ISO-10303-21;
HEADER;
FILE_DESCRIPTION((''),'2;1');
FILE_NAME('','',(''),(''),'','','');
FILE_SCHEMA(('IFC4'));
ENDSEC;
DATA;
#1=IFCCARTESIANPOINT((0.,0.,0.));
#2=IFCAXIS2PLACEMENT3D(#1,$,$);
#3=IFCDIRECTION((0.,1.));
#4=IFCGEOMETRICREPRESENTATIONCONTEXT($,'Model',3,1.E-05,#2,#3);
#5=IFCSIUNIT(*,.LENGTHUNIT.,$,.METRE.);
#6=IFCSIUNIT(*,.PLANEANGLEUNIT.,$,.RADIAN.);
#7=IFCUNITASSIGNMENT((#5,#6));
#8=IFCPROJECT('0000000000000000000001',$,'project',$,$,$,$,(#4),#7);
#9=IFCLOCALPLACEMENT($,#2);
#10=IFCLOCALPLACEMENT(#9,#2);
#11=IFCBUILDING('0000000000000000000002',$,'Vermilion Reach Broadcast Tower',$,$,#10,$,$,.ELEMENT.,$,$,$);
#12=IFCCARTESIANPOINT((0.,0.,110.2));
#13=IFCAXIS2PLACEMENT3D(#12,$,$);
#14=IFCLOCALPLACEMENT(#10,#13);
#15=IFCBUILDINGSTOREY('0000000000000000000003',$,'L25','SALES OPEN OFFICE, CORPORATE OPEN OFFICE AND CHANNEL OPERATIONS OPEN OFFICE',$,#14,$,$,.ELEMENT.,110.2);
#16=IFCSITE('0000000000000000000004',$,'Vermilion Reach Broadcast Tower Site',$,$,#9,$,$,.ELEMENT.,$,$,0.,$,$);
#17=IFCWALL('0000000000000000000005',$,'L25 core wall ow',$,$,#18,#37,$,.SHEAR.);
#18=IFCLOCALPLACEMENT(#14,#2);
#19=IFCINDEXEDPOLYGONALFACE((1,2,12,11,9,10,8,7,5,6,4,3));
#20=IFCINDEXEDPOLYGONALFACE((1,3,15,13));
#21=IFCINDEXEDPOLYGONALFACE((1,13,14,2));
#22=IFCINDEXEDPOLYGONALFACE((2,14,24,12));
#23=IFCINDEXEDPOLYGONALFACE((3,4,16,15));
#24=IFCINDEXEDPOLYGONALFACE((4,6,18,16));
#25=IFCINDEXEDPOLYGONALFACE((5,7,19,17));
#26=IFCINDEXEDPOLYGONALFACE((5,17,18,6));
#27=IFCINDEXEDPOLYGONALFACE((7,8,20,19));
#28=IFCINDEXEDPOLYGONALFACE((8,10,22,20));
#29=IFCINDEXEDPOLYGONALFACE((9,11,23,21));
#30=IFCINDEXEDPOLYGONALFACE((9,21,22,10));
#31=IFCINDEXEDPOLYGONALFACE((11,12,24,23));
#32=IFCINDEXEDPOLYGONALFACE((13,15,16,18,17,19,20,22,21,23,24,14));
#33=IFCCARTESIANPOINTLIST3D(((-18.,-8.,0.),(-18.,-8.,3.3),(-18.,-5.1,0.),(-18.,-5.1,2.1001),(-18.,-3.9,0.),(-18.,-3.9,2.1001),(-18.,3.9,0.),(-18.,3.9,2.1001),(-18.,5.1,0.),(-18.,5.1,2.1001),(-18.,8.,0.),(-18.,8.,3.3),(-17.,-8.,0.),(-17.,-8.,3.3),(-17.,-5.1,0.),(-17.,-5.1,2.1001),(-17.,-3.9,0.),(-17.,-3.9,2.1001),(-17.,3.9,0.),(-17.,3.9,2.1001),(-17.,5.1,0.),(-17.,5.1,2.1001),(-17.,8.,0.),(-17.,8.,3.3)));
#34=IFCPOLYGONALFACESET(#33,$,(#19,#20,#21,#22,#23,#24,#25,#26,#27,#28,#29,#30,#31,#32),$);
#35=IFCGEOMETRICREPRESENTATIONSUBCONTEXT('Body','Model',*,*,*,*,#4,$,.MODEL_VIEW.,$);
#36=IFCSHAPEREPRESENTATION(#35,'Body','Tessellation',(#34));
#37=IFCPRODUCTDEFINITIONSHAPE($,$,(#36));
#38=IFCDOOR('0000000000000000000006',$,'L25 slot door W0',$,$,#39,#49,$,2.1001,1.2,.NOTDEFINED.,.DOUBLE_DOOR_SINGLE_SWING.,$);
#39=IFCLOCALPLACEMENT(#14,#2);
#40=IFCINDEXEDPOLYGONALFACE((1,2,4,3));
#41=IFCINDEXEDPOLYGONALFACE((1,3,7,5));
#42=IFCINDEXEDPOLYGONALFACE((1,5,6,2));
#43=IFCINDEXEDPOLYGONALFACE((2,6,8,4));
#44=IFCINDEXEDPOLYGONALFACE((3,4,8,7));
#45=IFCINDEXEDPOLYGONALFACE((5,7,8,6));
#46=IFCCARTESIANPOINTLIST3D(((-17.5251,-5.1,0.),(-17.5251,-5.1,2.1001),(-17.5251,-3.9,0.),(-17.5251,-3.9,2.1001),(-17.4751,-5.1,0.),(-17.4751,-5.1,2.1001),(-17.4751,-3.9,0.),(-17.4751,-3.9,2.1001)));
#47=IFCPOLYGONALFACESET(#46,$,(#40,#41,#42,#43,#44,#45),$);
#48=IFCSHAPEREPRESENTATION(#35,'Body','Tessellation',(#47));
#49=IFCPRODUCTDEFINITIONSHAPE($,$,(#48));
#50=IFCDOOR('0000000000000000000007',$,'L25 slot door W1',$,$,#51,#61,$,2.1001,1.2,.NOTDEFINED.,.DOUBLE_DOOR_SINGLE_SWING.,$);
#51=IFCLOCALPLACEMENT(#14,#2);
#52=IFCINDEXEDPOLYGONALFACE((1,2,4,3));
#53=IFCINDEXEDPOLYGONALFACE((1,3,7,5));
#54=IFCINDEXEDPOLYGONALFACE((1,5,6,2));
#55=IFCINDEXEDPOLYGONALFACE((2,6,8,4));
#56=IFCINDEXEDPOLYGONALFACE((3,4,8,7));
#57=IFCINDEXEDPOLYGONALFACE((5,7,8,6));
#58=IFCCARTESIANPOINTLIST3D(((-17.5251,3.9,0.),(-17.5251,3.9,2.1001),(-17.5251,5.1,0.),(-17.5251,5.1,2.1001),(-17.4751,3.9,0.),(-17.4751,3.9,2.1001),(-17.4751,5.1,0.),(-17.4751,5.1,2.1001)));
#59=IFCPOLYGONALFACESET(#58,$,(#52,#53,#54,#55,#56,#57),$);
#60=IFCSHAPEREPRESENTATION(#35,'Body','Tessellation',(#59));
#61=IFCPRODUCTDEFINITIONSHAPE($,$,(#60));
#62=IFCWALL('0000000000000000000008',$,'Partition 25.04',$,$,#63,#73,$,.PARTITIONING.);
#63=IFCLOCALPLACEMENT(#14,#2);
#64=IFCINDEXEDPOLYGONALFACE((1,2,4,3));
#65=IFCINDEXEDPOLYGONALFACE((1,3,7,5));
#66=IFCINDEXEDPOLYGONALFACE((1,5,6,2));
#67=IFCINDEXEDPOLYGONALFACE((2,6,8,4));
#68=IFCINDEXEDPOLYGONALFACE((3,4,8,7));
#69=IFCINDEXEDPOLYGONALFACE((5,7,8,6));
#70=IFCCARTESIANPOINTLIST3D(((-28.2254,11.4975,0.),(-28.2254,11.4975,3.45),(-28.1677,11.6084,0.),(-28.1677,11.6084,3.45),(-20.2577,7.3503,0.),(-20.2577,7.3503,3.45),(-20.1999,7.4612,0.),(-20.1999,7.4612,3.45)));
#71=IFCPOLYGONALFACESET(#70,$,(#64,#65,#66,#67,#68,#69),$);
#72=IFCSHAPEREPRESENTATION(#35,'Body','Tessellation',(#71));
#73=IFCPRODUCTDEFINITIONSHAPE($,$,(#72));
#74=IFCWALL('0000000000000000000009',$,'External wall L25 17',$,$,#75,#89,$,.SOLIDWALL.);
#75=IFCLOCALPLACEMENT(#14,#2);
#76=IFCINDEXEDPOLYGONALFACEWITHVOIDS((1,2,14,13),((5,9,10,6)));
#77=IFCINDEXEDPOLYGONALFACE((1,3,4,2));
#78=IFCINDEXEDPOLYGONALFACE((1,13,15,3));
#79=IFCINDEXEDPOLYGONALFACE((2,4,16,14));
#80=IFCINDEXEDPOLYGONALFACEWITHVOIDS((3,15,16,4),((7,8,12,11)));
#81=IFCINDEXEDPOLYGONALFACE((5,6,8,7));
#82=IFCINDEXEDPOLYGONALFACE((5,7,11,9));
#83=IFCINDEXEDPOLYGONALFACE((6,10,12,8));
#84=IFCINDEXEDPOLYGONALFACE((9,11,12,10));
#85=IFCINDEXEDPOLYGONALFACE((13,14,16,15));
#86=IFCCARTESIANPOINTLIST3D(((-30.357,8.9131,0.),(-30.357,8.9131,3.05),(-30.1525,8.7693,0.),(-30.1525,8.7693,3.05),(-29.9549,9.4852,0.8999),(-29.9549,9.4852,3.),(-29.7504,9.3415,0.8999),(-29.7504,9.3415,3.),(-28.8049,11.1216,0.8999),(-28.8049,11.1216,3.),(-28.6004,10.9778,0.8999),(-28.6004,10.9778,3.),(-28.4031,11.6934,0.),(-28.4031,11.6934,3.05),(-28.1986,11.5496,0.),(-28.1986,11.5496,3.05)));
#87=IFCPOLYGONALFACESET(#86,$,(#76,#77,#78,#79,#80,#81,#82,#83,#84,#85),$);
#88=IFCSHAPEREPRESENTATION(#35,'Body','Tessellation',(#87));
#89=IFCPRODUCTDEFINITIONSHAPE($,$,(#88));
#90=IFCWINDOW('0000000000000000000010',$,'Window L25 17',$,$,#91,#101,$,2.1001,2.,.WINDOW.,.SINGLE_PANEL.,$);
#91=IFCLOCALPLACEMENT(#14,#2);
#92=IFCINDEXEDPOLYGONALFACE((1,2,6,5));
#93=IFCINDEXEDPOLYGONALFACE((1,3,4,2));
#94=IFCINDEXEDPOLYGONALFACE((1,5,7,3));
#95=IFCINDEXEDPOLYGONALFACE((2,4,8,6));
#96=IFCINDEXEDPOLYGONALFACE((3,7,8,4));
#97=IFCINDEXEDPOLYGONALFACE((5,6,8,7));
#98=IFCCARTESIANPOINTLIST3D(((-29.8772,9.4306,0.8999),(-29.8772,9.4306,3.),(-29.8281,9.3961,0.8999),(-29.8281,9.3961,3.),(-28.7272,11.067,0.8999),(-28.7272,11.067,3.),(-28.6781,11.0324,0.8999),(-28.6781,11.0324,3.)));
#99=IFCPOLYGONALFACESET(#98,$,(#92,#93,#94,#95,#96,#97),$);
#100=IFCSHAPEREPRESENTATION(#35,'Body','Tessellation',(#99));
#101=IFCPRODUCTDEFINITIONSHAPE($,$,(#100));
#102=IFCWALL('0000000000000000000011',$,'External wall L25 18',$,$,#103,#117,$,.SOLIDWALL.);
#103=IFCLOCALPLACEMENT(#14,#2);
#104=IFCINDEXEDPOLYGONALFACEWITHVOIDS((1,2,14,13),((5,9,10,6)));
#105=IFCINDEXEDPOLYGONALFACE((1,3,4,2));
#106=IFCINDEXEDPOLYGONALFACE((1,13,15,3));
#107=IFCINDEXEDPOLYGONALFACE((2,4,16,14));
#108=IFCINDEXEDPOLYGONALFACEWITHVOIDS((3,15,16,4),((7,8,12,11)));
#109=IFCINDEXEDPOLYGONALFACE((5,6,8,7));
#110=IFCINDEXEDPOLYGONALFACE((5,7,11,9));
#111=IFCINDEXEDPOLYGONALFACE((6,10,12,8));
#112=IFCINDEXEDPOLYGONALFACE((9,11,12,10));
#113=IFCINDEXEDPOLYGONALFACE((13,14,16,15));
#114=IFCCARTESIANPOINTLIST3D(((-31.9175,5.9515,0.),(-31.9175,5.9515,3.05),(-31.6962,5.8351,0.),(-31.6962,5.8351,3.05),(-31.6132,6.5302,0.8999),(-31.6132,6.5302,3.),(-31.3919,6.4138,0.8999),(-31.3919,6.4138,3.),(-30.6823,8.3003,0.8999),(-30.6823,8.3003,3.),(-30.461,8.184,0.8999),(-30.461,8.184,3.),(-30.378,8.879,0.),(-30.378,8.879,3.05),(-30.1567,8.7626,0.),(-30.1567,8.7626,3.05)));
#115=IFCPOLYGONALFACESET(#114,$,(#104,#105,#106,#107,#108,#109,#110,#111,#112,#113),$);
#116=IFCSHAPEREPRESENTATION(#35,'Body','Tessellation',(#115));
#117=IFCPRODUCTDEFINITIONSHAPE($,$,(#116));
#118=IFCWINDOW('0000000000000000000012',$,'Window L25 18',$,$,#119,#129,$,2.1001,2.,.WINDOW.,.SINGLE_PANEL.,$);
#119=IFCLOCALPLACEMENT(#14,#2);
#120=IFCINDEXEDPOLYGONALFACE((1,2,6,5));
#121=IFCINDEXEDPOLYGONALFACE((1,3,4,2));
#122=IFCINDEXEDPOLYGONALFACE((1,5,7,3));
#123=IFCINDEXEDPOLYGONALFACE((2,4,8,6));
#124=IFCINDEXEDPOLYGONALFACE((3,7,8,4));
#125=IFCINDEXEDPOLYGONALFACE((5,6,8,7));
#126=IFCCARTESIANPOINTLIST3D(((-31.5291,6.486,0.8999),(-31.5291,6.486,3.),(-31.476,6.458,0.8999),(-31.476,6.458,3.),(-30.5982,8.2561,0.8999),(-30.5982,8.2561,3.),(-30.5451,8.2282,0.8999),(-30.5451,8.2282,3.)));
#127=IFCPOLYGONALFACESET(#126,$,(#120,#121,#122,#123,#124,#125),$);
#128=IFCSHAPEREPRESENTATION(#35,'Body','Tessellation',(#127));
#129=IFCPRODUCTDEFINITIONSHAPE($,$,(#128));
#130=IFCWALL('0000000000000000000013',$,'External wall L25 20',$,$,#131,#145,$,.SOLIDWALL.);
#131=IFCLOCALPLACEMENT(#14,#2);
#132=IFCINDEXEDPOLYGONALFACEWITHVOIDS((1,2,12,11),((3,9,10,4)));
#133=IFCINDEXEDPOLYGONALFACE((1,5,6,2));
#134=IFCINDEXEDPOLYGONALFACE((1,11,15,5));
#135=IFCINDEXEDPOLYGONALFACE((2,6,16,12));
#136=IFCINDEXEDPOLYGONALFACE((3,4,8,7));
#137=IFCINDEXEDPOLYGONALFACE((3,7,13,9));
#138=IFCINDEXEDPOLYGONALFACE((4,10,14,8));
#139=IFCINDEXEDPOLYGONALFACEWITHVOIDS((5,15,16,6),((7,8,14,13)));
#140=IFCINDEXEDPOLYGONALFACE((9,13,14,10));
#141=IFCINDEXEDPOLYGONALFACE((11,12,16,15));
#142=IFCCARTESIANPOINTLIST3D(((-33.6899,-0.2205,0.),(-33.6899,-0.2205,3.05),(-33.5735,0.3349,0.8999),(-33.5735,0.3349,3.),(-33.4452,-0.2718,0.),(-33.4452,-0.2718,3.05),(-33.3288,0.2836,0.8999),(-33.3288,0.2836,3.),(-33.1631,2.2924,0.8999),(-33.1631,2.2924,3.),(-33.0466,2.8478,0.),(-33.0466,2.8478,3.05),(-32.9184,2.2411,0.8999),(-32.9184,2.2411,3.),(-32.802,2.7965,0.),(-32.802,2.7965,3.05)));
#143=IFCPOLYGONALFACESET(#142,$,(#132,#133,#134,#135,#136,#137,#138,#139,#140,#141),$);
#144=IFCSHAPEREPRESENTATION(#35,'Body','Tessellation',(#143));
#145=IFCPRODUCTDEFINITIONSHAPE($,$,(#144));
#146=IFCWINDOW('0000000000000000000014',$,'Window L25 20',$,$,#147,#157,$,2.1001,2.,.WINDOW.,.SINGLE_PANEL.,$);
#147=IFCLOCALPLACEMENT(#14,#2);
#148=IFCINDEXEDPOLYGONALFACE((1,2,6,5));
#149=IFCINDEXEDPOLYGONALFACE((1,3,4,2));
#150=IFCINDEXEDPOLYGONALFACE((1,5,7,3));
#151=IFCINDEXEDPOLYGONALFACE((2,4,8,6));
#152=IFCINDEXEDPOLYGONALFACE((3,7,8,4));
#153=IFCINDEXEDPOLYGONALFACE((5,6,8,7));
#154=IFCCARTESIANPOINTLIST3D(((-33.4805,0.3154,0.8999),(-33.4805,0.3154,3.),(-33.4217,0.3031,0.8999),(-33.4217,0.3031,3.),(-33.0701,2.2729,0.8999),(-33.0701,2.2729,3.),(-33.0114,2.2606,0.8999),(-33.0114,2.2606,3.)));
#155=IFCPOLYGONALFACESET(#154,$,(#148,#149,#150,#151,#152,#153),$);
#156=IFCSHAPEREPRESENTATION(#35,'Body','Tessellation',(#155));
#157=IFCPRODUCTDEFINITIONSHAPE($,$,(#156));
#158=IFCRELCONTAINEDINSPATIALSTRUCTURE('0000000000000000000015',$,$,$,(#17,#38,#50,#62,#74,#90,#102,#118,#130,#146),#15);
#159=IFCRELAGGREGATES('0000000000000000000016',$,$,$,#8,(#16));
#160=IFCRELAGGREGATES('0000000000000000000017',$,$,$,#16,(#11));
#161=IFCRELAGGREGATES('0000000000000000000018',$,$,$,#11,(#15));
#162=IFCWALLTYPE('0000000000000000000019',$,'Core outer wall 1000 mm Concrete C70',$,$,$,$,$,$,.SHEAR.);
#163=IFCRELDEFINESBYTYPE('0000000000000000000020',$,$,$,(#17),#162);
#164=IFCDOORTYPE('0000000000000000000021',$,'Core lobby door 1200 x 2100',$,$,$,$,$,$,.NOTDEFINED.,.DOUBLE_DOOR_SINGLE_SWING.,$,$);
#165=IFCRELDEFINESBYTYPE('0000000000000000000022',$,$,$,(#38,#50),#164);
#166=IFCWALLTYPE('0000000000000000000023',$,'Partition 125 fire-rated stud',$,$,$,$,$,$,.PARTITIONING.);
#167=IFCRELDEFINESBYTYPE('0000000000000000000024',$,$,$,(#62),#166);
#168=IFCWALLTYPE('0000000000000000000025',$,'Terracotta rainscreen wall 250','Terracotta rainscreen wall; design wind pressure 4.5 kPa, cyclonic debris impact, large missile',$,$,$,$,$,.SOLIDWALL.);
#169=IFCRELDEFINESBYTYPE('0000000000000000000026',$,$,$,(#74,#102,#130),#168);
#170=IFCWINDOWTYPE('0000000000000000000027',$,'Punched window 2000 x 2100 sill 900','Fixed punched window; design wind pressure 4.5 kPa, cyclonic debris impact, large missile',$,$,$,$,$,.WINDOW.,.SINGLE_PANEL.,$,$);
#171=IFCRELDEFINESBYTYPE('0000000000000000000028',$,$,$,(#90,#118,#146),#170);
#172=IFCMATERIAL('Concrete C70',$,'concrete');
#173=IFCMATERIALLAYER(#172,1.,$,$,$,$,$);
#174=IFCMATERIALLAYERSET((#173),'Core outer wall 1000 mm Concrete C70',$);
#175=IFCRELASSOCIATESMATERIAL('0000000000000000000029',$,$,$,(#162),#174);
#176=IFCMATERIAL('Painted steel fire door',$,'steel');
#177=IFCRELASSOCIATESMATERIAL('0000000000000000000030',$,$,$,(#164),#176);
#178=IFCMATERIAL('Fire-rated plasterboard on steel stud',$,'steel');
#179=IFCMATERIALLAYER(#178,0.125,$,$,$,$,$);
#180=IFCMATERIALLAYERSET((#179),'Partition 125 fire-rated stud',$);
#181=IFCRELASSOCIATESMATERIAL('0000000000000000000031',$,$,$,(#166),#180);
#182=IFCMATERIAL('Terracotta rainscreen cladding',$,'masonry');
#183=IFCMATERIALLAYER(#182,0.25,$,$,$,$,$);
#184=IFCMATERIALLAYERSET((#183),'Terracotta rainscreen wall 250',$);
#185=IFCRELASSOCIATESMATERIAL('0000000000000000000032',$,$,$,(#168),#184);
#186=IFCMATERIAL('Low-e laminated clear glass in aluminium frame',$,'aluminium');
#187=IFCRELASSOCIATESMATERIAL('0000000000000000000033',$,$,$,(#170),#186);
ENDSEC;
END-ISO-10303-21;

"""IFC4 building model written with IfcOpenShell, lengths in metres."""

from ifc_helpers import new_model, si_unit, direction, frame, frame_2d, origin, place, context, subcontext, project, spatial, rectangle, extrude, material, layer, layer_set, type_object, element, fill, save


model = new_model("IFC4")

# Units and contexts
model_context = context("Model", 3, precision=1e-05, world=origin(), true_north=direction((0.0, 1.0)))
body_context = subcontext(model_context, "Body", "Model", "MODEL_VIEW")
ifc_project = project(units=[si_unit("LENGTHUNIT", "METRE"), si_unit("PLANEANGLEUNIT", "RADIAN")], contexts=[model_context])

# Site, building, storey
site_placement = place(None, origin())
site = spatial("IfcSite", under=ifc_project, at=site_placement, Name="Vermilion Reach Broadcast Tower Site", CompositionType="ELEMENT", RefElevation=0.0)
building_placement = place(site_placement, origin())
building = spatial("IfcBuilding", under=site, at=building_placement, Name="Vermilion Reach Broadcast Tower", CompositionType="ELEMENT")
storey_placement = place(building_placement, frame((0.0, 0.0, 110.2)))
storey = spatial("IfcBuildingStorey", under=building, at=storey_placement, Name="L25", Description="SALES OPEN OFFICE, CORPORATE OPEN OFFICE AND CHANNEL OPERATIONS OPEN OFFICE", CompositionType="ELEMENT", Elevation=110.2)

# Wall, openings, doors
ifc_material_1 = material(Name="Concrete C70", Category="concrete")
ifc_layer_1 = layer(ifc_material_1, 1.0)
ifc_layer_set_1 = layer_set([ifc_layer_1], Name="Core outer wall 1000 mm Concrete C70")
wall_type_1 = type_object("IfcWallType", Name="Core outer wall 1000 mm Concrete C70", PredefinedType="SHEAR", material=ifc_layer_set_1)
wall_1_placement = place(storey_placement, frame((-17.5, 8.0, 0.0), z_axis=(0.0, 0.0, 1.0), x_axis=(0.0, -1.0, 0.0)))
wall_1 = element("IfcWall", 1, at=wall_1_placement, inside=storey, type_object=wall_type_1, Name="L25 core wall ow", PredefinedType="SHEAR", context=body_context, shape_type="SweptSolid", body=[
    extrude(rectangle(XDim=16.0, YDim=1.0, at=frame_2d((8.0, 0.0))), origin(), (0.0, 0.0, 1.0), 3.3),
])
opening_1_placement = place(wall_1_placement, frame((11.8999, 0.0, 0.0)))
opening_1 = element("IfcOpeningElement", 2, at=opening_1_placement, cuts=wall_1, PredefinedType="OPENING", context=body_context, shape_type="SweptSolid", body=[
    extrude(rectangle(XDim=1.2, YDim=2.1001, at=frame_2d((0.6001, 1.05))), frame((0.0, 0.51, 0.0), z_axis=(0.0, -1.0, 0.0), x_axis=(1.0, 0.0, 0.0)), (0.0, 0.0, 1.0), 1.02),
])
opening_2_placement = place(wall_1_placement, frame((2.8999, 0.0, 0.0)))
opening_2 = element("IfcOpeningElement", 3, at=opening_2_placement, cuts=wall_1, PredefinedType="OPENING", context=body_context, shape_type="SweptSolid", body=[
    extrude(rectangle(XDim=1.2, YDim=2.1001, at=frame_2d((0.6001, 1.05))), frame((0.0, 0.51, 0.0), z_axis=(0.0, -1.0, 0.0), x_axis=(1.0, 0.0, 0.0)), (0.0, 0.0, 1.0), 1.02),
])
ifc_material_2 = material(Name="Painted steel fire door", Category="steel")
door_type_1 = type_object("IfcDoorType", Name="Core lobby door 1200 x 2100", OperationType="DOUBLE_DOOR_SINGLE_SWING", PredefinedType="NOTDEFINED", material=ifc_material_2)
door_1_placement = place(opening_1_placement, origin())
door_1 = element("IfcDoor", 4, at=door_1_placement, inside=storey, type_object=door_type_1, Name="L25 slot door W0", OperationType="DOUBLE_DOOR_SINGLE_SWING", OverallHeight=2.1001, OverallWidth=1.2, PredefinedType="NOTDEFINED", context=body_context, shape_type="SweptSolid", body=[
    extrude(rectangle(XDim=1.2, YDim=2.1001, at=frame_2d((0.6001, 1.05))), frame((0.0, 0.0249, 0.0), z_axis=(0.0, -1.0, 0.0), x_axis=(1.0, 0.0, 0.0)), (0.0, 0.0, 1.0), 0.05),
])
fill(opening_1, door_1)
door_2_placement = place(opening_2_placement, origin())
door_2 = element("IfcDoor", 5, at=door_2_placement, inside=storey, type_object=door_type_1, Name="L25 slot door W1", OperationType="DOUBLE_DOOR_SINGLE_SWING", OverallHeight=2.1001, OverallWidth=1.2, PredefinedType="NOTDEFINED", context=body_context, shape_type="SweptSolid", body=[
    extrude(rectangle(XDim=1.2, YDim=2.1001, at=frame_2d((0.6001, 1.05))), frame((0.0, 0.0249, 0.0), z_axis=(0.0, -1.0, 0.0), x_axis=(1.0, 0.0, 0.0)), (0.0, 0.0, 1.0), 0.05),
])
fill(opening_2, door_2)

# Wall
ifc_material_3 = material(Name="Fire-rated plasterboard on steel stud", Category="steel")
ifc_layer_2 = layer(ifc_material_3, 0.125)
ifc_layer_set_2 = layer_set([ifc_layer_2], Name="Partition 125 fire-rated stud")
wall_type_2 = type_object("IfcWallType", Name="Partition 125 fire-rated stud", PredefinedType="PARTITIONING", material=ifc_layer_set_2)
wall_2_placement = place(storey_placement, frame((-28.1965, 11.553, 0.0), z_axis=(0.0, 0.0, 1.0), x_axis=(0.887036, -0.461701, 0.0)))
element("IfcWall", 6, at=wall_2_placement, inside=storey, type_object=wall_type_2, Name="Partition 25.04", PredefinedType="PARTITIONING", context=body_context, shape_type="SweptSolid", body=[
    extrude(rectangle(XDim=8.9824, YDim=0.125, at=frame_2d((4.4912, 0.0))), origin(), (0.0, 0.0, 1.0), 3.45),
])

# Walls, openings, windows
ifc_material_4 = material(Name="Terracotta rainscreen cladding", Category="masonry")
ifc_layer_3 = layer(ifc_material_4, 0.25)
ifc_layer_set_3 = layer_set([ifc_layer_3], Name="Terracotta rainscreen wall 250")
wall_type_3 = type_object("IfcWallType", Name="Terracotta rainscreen wall 250", Description="Terracotta rainscreen wall; design wind pressure 4.5 kPa, cyclonic debris impact, large missile", PredefinedType="SOLIDWALL", material=ifc_layer_set_3)
wall_3_placement = place(storey_placement, frame((-28.3008, 11.6216, 0.0), z_axis=(0.0, 0.0, 1.0), x_axis=(-0.574975, -0.818171, 0.0)))
wall_3 = element("IfcWall", 7, at=wall_3_placement, inside=storey, type_object=wall_type_3, Name="External wall L25 17", PredefinedType="SOLIDWALL", context=body_context, shape_type="SweptSolid", body=[
    extrude(rectangle(XDim=3.3982, YDim=0.25, at=frame_2d((1.6992, 0.0))), origin(), (0.0, 0.0, 1.0), 3.05),
])
opening_3_placement = place(wall_3_placement, frame((0.699, 0.0, 0.8999)))
opening_3 = element("IfcOpeningElement", 8, at=opening_3_placement, cuts=wall_3, PredefinedType="OPENING", context=body_context, shape_type="SweptSolid", body=[
    extrude(rectangle(XDim=2.0, YDim=2.1001, at=frame_2d((1.0, 1.05))), frame((0.0, 0.135, 0.0), z_axis=(0.0, -1.0, 0.0), x_axis=(1.0, 0.0, 0.0)), (0.0, 0.0, 1.0), 0.27),
])
ifc_material_5 = material(Name="Low-e laminated clear glass in aluminium frame", Category="aluminium")
window_type = type_object("IfcWindowType", Name="Punched window 2000 x 2100 sill 900", Description="Fixed punched window; design wind pressure 4.5 kPa, cyclonic debris impact, large missile", PartitioningType="SINGLE_PANEL", PredefinedType="WINDOW", material=ifc_material_5)
window_1_placement = place(opening_3_placement, origin())
window_1 = element("IfcWindow", 9, at=window_1_placement, inside=storey, type_object=window_type, Name="Window L25 17", OverallHeight=2.1001, OverallWidth=2.0, PartitioningType="SINGLE_PANEL", PredefinedType="WINDOW", context=body_context, shape_type="SweptSolid", body=[
    extrude(rectangle(XDim=2.0, YDim=2.1001, at=frame_2d((1.0, 1.05))), frame((0.0, 0.03, 0.0), z_axis=(0.0, -1.0, 0.0), x_axis=(1.0, 0.0, 0.0)), (0.0, 0.0, 1.0), 0.0601),
])
fill(opening_3, window_1)
wall_4_placement = place(storey_placement, frame((-30.2673, 8.8208, 0.0), z_axis=(0.0, 0.0, 1.0), x_axis=(-0.465454, -0.885072, 0.0)))
wall_4 = element("IfcWall", 10, at=wall_4_placement, inside=storey, type_object=wall_type_3, Name="External wall L25 18", PredefinedType="SOLIDWALL", context=body_context, shape_type="SweptSolid", body=[
    extrude(rectangle(XDim=3.3076, YDim=0.25, at=frame_2d((1.6538, 0.0))), origin(), (0.0, 0.0, 1.0), 3.05),
])
opening_4_placement = place(wall_4_placement, frame((0.6538, 0.0, 0.8999)))
opening_4 = element("IfcOpeningElement", 11, at=opening_4_placement, cuts=wall_4, PredefinedType="OPENING", context=body_context, shape_type="SweptSolid", body=[
    extrude(rectangle(XDim=2.0, YDim=2.1001, at=frame_2d((1.0, 1.05))), frame((0.0, 0.135, 0.0), z_axis=(0.0, -1.0, 0.0), x_axis=(1.0, 0.0, 0.0)), (0.0, 0.0, 1.0), 0.27),
])
window_2_placement = place(opening_4_placement, origin())
window_2 = element("IfcWindow", 12, at=window_2_placement, inside=storey, type_object=window_type, Name="Window L25 18", OverallHeight=2.1001, OverallWidth=2.0, PartitioningType="SINGLE_PANEL", PredefinedType="WINDOW", context=body_context, shape_type="SweptSolid", body=[
    extrude(rectangle(XDim=2.0, YDim=2.1001, at=frame_2d((1.0, 1.05))), frame((0.0, 0.03, 0.0), z_axis=(0.0, -1.0, 0.0), x_axis=(1.0, 0.0, 0.0)), (0.0, 0.0, 1.0), 0.0601),
])
fill(opening_4, window_2)

# Wall, opening, window
wall_5_placement = place(storey_placement, frame((-32.9243, 2.822, 0.0), z_axis=(0.0, 0.0, 1.0), x_axis=(-0.205198, -0.97872, 0.0)))
wall_5 = element("IfcWall", 13, at=wall_5_placement, inside=storey, type_object=wall_type_3, Name="External wall L25 20", PredefinedType="SOLIDWALL", context=body_context, shape_type="SweptSolid", body=[
    extrude(rectangle(XDim=3.135, YDim=0.25, at=frame_2d((1.5674, 0.0))), origin(), (0.0, 0.0, 1.0), 3.05),
])
opening_5_placement = place(wall_5_placement, frame((0.5674, 0.0, 0.8999)))
opening_5 = element("IfcOpeningElement", 14, at=opening_5_placement, cuts=wall_5, PredefinedType="OPENING", context=body_context, shape_type="SweptSolid", body=[
    extrude(rectangle(XDim=2.0, YDim=2.1001, at=frame_2d((1.0, 1.05))), frame((0.0, 0.135, 0.0), z_axis=(0.0, -1.0, 0.0), x_axis=(1.0, 0.0, 0.0)), (0.0, 0.0, 1.0), 0.27),
])
window_3_placement = place(opening_5_placement, origin())
window_3 = element("IfcWindow", 15, at=window_3_placement, inside=storey, type_object=window_type, Name="Window L25 20", OverallHeight=2.1001, OverallWidth=2.0, PartitioningType="SINGLE_PANEL", PredefinedType="WINDOW", context=body_context, shape_type="SweptSolid", body=[
    extrude(rectangle(XDim=2.0, YDim=2.1001, at=frame_2d((1.0, 1.05))), frame((0.0, 0.03, 0.0), z_axis=(0.0, -1.0, 0.0), x_axis=(1.0, 0.0, 0.0)), (0.0, 0.0, 1.0), 0.0601),
])
fill(opening_5, window_3)

save(model, "model.ifc")
